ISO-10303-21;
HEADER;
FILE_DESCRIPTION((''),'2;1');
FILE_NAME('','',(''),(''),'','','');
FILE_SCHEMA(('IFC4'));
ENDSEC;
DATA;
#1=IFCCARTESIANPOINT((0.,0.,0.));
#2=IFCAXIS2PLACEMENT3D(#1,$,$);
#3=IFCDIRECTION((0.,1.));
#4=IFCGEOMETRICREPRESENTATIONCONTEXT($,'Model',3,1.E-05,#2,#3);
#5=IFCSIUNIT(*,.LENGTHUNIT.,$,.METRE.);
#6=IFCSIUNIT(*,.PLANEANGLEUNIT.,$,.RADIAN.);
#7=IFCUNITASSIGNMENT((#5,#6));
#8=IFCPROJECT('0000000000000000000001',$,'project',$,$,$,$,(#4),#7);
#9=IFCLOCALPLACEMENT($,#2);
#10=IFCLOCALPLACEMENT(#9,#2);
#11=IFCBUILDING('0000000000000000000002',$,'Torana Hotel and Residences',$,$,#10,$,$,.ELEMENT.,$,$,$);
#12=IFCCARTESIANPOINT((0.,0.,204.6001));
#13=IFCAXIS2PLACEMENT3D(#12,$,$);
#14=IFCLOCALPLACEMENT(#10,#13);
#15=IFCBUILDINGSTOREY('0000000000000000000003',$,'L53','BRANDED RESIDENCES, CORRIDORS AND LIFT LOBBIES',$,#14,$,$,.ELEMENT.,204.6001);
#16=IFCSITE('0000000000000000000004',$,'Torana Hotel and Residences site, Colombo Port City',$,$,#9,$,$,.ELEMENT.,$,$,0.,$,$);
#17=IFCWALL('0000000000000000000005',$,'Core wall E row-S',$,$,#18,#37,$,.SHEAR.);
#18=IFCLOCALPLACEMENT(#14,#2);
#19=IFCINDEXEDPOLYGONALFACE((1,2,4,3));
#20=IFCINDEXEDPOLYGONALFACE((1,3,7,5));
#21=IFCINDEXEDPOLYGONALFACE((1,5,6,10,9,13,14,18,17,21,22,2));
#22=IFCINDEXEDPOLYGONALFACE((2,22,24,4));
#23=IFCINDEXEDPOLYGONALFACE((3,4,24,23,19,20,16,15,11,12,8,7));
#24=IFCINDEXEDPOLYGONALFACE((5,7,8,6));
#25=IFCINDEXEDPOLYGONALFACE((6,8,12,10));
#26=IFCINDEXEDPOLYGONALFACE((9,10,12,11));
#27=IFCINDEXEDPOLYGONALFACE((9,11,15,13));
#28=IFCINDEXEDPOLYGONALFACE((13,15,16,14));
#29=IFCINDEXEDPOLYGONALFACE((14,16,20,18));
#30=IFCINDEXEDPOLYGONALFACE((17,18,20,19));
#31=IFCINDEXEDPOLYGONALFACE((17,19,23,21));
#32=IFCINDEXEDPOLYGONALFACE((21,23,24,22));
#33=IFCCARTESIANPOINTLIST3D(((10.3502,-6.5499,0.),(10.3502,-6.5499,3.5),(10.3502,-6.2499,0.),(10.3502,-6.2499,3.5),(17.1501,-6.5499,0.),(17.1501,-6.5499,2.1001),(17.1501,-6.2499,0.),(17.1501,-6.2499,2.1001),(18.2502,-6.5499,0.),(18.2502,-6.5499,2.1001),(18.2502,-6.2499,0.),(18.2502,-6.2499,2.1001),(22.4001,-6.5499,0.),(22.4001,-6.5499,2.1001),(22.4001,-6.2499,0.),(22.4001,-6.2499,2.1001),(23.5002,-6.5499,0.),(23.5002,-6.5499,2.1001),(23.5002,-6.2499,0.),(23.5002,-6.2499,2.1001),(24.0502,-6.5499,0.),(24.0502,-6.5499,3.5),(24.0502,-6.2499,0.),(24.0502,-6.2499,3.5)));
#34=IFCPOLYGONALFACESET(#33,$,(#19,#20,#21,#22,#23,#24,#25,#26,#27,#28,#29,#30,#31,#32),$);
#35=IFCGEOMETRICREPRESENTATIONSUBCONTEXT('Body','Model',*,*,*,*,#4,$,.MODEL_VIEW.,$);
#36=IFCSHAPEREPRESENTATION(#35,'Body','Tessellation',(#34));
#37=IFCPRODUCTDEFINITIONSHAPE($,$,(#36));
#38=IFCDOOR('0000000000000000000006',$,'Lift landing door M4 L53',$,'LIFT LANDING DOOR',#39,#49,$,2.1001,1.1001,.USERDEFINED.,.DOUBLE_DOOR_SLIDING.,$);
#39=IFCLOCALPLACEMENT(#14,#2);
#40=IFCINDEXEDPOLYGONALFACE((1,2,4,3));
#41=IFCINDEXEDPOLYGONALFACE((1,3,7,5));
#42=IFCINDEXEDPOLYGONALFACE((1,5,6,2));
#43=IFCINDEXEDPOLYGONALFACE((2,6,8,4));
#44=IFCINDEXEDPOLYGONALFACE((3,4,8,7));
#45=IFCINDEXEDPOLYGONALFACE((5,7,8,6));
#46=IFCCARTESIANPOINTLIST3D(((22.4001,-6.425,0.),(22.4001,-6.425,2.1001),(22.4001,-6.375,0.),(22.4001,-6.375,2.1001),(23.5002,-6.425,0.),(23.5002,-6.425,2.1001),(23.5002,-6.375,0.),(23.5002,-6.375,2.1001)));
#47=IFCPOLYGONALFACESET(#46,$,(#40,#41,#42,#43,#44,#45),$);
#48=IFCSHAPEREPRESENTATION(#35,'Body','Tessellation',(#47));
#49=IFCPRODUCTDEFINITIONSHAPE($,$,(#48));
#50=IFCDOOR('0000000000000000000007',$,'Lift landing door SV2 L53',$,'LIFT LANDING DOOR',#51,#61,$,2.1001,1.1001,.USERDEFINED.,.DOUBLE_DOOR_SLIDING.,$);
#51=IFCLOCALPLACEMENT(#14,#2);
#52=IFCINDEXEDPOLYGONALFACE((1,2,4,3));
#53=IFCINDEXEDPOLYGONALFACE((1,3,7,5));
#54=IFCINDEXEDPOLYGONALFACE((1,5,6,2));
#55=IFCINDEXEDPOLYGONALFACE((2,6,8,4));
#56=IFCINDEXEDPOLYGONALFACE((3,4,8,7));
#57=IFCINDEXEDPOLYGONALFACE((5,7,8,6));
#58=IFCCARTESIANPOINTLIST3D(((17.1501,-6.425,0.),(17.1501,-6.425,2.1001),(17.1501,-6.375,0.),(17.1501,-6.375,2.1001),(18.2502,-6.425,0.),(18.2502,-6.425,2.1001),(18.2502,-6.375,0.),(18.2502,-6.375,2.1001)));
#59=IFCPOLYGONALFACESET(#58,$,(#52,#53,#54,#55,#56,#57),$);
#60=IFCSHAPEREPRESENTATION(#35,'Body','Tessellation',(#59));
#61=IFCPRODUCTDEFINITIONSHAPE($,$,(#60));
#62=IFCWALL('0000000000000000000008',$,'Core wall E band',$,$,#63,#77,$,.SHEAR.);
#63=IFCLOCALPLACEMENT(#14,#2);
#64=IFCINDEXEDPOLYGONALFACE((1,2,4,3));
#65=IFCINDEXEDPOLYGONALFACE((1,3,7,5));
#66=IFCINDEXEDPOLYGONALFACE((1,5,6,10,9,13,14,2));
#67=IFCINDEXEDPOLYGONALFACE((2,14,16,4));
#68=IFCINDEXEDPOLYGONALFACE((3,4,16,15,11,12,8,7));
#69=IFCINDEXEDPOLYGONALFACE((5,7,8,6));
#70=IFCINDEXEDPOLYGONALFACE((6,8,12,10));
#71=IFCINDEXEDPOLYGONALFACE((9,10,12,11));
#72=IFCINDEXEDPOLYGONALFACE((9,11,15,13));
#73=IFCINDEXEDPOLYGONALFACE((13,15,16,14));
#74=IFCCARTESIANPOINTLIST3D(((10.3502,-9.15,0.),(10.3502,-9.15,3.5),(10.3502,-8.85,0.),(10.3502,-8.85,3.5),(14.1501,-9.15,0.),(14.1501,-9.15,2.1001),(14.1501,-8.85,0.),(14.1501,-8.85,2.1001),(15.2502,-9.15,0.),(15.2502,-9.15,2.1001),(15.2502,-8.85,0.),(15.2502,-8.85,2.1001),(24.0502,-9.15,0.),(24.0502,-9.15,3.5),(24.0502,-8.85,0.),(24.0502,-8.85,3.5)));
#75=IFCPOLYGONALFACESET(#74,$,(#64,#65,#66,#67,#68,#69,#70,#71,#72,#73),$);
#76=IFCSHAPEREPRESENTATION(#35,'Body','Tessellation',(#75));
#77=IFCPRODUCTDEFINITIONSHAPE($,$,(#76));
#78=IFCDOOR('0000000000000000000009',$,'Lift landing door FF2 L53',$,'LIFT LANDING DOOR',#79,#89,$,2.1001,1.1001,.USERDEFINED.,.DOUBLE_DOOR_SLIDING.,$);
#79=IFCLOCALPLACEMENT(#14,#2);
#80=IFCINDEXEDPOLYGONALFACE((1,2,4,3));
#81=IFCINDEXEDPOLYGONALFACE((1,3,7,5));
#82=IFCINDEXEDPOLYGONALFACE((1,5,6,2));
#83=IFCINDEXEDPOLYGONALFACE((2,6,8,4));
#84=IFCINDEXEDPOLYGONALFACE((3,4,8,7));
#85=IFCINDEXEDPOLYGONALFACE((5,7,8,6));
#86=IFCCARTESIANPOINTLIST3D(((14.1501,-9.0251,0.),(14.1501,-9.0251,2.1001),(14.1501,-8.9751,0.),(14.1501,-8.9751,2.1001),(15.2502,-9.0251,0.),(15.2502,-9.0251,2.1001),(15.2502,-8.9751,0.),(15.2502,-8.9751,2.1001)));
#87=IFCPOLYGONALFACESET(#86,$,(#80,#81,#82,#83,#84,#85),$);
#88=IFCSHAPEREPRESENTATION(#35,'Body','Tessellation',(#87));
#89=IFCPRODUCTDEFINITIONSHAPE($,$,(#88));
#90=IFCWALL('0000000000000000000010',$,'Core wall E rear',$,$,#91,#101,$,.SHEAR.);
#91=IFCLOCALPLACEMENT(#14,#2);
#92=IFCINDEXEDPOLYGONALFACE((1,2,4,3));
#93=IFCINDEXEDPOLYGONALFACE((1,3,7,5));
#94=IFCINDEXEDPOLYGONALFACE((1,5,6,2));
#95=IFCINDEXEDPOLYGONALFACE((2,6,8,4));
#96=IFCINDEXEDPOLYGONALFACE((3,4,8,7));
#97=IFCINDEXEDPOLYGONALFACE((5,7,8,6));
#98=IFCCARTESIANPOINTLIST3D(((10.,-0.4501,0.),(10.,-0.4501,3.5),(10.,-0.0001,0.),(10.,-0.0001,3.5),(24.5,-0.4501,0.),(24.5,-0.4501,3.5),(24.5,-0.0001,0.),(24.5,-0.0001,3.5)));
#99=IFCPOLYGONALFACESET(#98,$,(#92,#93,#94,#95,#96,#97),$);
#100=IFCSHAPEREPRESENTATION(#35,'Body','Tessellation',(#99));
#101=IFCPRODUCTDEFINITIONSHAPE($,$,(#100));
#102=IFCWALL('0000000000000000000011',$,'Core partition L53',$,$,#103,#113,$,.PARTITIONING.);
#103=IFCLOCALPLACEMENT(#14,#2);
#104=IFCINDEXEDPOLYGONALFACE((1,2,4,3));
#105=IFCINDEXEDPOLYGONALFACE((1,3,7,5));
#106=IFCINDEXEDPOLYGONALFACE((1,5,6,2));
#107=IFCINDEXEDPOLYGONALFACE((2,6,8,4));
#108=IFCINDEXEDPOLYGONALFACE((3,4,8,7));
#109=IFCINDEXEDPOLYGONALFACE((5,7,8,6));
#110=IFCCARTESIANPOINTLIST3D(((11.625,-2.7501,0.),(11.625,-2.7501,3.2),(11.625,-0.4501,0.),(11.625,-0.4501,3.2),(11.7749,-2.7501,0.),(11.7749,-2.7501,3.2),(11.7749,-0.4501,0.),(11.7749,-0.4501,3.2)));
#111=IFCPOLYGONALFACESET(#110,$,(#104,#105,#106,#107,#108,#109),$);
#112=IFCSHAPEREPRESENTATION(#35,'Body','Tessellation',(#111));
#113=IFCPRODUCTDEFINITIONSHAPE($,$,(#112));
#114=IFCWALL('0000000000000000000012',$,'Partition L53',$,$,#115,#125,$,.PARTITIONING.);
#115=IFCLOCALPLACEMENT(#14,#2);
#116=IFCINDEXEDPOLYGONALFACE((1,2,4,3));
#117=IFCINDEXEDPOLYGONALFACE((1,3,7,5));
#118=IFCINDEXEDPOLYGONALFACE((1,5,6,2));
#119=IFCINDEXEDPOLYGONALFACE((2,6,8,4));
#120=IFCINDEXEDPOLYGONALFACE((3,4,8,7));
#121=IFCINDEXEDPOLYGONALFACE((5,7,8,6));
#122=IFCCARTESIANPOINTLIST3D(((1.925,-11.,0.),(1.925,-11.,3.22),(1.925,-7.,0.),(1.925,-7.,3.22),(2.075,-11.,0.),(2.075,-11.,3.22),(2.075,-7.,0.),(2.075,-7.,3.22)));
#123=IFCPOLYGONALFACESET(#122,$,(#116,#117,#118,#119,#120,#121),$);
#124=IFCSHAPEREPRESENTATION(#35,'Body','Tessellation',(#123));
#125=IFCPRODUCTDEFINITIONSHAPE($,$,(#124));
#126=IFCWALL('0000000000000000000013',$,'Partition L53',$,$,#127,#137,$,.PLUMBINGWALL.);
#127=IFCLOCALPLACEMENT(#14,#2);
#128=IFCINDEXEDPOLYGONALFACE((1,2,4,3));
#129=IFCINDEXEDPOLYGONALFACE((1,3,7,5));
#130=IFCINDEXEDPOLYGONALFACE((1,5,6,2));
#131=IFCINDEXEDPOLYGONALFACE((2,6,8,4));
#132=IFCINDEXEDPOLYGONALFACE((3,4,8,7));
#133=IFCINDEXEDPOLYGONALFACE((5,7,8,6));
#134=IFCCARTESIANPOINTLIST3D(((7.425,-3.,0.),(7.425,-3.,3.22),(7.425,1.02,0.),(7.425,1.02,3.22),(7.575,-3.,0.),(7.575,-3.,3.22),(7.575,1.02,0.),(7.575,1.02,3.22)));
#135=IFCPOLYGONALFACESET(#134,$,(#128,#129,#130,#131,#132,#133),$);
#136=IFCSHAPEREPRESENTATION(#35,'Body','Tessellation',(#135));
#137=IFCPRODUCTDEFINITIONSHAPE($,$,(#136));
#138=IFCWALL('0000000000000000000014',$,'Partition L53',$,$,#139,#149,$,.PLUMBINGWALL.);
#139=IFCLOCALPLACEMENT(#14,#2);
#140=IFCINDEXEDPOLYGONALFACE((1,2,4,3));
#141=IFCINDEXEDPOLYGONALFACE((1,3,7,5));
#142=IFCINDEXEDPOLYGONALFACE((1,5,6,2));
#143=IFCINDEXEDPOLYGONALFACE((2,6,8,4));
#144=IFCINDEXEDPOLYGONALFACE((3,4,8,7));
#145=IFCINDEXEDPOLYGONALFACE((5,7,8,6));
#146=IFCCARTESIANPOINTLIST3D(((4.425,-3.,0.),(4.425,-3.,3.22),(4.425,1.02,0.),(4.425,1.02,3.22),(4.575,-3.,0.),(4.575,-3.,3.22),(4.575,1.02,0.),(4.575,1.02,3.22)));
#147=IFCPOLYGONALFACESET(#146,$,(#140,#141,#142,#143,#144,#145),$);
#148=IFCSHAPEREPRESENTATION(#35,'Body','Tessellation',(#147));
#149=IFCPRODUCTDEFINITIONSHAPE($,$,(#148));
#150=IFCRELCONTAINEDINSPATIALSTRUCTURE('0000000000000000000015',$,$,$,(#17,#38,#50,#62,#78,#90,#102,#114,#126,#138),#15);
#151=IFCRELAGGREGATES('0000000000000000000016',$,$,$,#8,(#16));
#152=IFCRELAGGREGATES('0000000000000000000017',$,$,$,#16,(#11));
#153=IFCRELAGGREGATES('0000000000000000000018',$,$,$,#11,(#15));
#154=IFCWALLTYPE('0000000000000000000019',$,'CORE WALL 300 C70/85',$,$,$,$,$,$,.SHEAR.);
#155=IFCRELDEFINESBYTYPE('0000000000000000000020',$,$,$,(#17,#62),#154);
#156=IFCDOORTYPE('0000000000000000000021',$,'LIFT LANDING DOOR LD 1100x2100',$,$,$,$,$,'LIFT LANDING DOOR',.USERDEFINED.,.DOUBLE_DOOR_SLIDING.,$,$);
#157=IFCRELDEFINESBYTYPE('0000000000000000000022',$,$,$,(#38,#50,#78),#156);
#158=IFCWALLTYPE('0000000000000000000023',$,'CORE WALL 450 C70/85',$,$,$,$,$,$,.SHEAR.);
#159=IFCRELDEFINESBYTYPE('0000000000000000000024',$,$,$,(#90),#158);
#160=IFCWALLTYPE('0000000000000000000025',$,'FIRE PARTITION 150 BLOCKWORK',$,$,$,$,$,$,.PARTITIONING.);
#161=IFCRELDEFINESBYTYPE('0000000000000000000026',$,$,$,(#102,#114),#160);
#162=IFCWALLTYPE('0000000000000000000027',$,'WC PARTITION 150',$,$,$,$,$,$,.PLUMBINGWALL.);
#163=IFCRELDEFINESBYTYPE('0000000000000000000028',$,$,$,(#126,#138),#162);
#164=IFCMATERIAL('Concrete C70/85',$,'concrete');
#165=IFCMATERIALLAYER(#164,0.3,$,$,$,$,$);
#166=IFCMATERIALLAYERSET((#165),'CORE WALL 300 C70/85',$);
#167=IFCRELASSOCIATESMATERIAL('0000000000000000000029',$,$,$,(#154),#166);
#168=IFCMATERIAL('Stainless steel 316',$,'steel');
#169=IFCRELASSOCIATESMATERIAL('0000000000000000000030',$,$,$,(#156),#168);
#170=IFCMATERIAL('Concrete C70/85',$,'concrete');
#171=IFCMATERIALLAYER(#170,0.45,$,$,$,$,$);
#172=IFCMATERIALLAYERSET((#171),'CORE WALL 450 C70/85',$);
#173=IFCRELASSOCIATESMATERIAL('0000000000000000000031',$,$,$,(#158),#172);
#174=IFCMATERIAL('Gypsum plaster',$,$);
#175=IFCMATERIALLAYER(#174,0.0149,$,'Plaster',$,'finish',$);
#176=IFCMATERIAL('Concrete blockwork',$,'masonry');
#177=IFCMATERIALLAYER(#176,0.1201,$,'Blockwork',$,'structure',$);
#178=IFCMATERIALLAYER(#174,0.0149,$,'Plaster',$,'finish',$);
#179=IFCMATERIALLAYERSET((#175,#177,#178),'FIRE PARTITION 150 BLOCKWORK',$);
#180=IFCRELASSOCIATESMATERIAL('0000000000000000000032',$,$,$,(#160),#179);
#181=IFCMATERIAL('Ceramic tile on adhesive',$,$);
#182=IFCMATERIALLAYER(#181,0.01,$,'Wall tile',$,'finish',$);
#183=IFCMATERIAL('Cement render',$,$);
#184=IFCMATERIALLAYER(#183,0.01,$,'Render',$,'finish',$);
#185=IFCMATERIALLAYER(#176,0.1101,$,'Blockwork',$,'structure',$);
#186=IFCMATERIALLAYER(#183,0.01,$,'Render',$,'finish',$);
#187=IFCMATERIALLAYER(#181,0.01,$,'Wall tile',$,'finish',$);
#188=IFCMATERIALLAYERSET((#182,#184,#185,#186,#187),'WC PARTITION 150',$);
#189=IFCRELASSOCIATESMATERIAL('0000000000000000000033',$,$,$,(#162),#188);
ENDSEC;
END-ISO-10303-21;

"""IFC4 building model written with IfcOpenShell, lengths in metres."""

from ifc_helpers import new_model, si_unit, direction, frame, frame_2d, origin, place, context, subcontext, project, spatial, rectangle, extrude, material, layer, layer_set, type_object, element, fill, save


model = new_model("IFC4")

# Units and contexts
model_context = context("Model", 3, precision=1e-05, world=origin(), true_north=direction((0.0, 1.0)))
body_context = subcontext(model_context, "Body", "Model", "MODEL_VIEW")
ifc_project = project(units=[si_unit("LENGTHUNIT", "METRE"), si_unit("PLANEANGLEUNIT", "RADIAN")], contexts=[model_context])

# Site, building, storey
site_placement = place(None, origin())
site = spatial("IfcSite", under=ifc_project, at=site_placement, Name="Torana Hotel and Residences site, Colombo Port City", CompositionType="ELEMENT", RefElevation=0.0)
building_placement = place(site_placement, origin())
building = spatial("IfcBuilding", under=site, at=building_placement, Name="Torana Hotel and Residences", CompositionType="ELEMENT")
storey_placement = place(building_placement, frame((0.0, 0.0, 204.6001)))
storey = spatial("IfcBuildingStorey", under=building, at=storey_placement, Name="L53", Description="BRANDED RESIDENCES, CORRIDORS AND LIFT LOBBIES", CompositionType="ELEMENT", Elevation=204.6001)

# Wall, openings, doors
ifc_material_1 = material(Name="Concrete C70/85", Category="concrete")
ifc_layer_1 = layer(ifc_material_1, 0.3)
ifc_layer_set_1 = layer_set([ifc_layer_1], Name="CORE WALL 300 C70/85")
wall_type_1 = type_object("IfcWallType", Name="CORE WALL 300 C70/85", PredefinedType="SHEAR", material=ifc_layer_set_1)
ifc_material_2 = material(Name="Stainless steel 316", Category="steel")
door_type_1 = type_object("IfcDoorType", Name="LIFT LANDING DOOR LD 1100x2100", ElementType="LIFT LANDING DOOR", OperationType="DOUBLE_DOOR_SLIDING", PredefinedType="USERDEFINED", material=ifc_material_2)
wall_1_placement = place(storey_placement, frame((10.3501, -6.3999, 0.0), z_axis=(0.0, 0.0, 1.0), x_axis=(1.0, 0.0, 0.0)))
wall_1 = element("IfcWall", 1, at=wall_1_placement, inside=storey, type_object=wall_type_1, Name="Core wall E row-S", PredefinedType="SHEAR", context=body_context, shape_type="SweptSolid", body=[
    extrude(rectangle(XDim=13.7, YDim=0.3, at=frame_2d((6.8501, 0.0))), origin(), (0.0, 0.0, 1.0), 3.5),
])
opening_1_placement = place(wall_1_placement, frame((12.05, 0.0, 0.0)))
opening_1 = element("IfcOpeningElement", 2, at=opening_1_placement, cuts=wall_1, PredefinedType="OPENING", context=body_context, shape_type="SweptSolid", body=[
    extrude(rectangle(XDim=1.1001, YDim=2.1001, at=frame_2d((0.55, 1.05))), frame((0.0, 0.1599, 0.0), z_axis=(0.0, -1.0, 0.0), x_axis=(1.0, 0.0, 0.0)), (0.0, 0.0, 1.0), 0.3201),
])
opening_2_placement = place(wall_1_placement, frame((6.8, 0.0, 0.0)))
opening_2 = element("IfcOpeningElement", 3, at=opening_2_placement, cuts=wall_1, PredefinedType="OPENING", context=body_context, shape_type="SweptSolid", body=[
    extrude(rectangle(XDim=1.1001, YDim=2.1001, at=frame_2d((0.55, 1.05))), frame((0.0, 0.1599, 0.0), z_axis=(0.0, -1.0, 0.0), x_axis=(1.0, 0.0, 0.0)), (0.0, 0.0, 1.0), 0.3201),
])
door_1_placement = place(opening_1_placement, origin())
door_1 = element("IfcDoor", 4, at=door_1_placement, inside=storey, type_object=door_type_1, Name="Lift landing door M4 L53", ObjectType="LIFT LANDING DOOR", OperationType="DOUBLE_DOOR_SLIDING", OverallHeight=2.1001, OverallWidth=1.1001, PredefinedType="USERDEFINED", context=body_context, shape_type="SweptSolid", body=[
    extrude(rectangle(XDim=1.1001, YDim=2.1001, at=frame_2d((0.55, 1.05))), frame((0.0, 0.0249, 0.0), z_axis=(0.0, -1.0, 0.0), x_axis=(1.0, 0.0, 0.0)), (0.0, 0.0, 1.0), 0.05),
])
fill(opening_1, door_1)
door_2_placement = place(opening_2_placement, origin())
door_2 = element("IfcDoor", 5, at=door_2_placement, inside=storey, type_object=door_type_1, Name="Lift landing door SV2 L53", ObjectType="LIFT LANDING DOOR", OperationType="DOUBLE_DOOR_SLIDING", OverallHeight=2.1001, OverallWidth=1.1001, PredefinedType="USERDEFINED", context=body_context, shape_type="SweptSolid", body=[
    extrude(rectangle(XDim=1.1001, YDim=2.1001, at=frame_2d((0.55, 1.05))), frame((0.0, 0.0249, 0.0), z_axis=(0.0, -1.0, 0.0), x_axis=(1.0, 0.0, 0.0)), (0.0, 0.0, 1.0), 0.05),
])
fill(opening_2, door_2)

# Wall, opening, door
wall_2_placement = place(storey_placement, frame((10.3501, -9.0, 0.0), z_axis=(0.0, 0.0, 1.0), x_axis=(1.0, 0.0, 0.0)))
wall_2 = element("IfcWall", 6, at=wall_2_placement, inside=storey, type_object=wall_type_1, Name="Core wall E band", PredefinedType="SHEAR", context=body_context, shape_type="SweptSolid", body=[
    extrude(rectangle(XDim=13.7, YDim=0.3, at=frame_2d((6.8501, 0.0))), origin(), (0.0, 0.0, 1.0), 3.5),
])
opening_3_placement = place(wall_2_placement, frame((3.8, 0.0, 0.0)))
opening_3 = element("IfcOpeningElement", 7, at=opening_3_placement, cuts=wall_2, PredefinedType="OPENING", context=body_context, shape_type="SweptSolid", body=[
    extrude(rectangle(XDim=1.1001, YDim=2.1001, at=frame_2d((0.55, 1.05))), frame((0.0, 0.1599, 0.0), z_axis=(0.0, -1.0, 0.0), x_axis=(1.0, 0.0, 0.0)), (0.0, 0.0, 1.0), 0.3201),
])
door_3_placement = place(opening_3_placement, origin())
door_3 = element("IfcDoor", 8, at=door_3_placement, inside=storey, type_object=door_type_1, Name="Lift landing door FF2 L53", ObjectType="LIFT LANDING DOOR", OperationType="DOUBLE_DOOR_SLIDING", OverallHeight=2.1001, OverallWidth=1.1001, PredefinedType="USERDEFINED", context=body_context, shape_type="SweptSolid", body=[
    extrude(rectangle(XDim=1.1001, YDim=2.1001, at=frame_2d((0.55, 1.05))), frame((0.0, 0.0249, 0.0), z_axis=(0.0, -1.0, 0.0), x_axis=(1.0, 0.0, 0.0)), (0.0, 0.0, 1.0), 0.05),
])
fill(opening_3, door_3)

# Walls
ifc_material_3 = material(Name="Concrete C70/85", Category="concrete")
ifc_layer_2 = layer(ifc_material_3, 0.45)
ifc_layer_set_2 = layer_set([ifc_layer_2], Name="CORE WALL 450 C70/85")
wall_type_2 = type_object("IfcWallType", Name="CORE WALL 450 C70/85", PredefinedType="SHEAR", material=ifc_layer_set_2)
wall_3_placement = place(storey_placement, frame((10.0, -0.2251, 0.0), z_axis=(0.0, 0.0, 1.0), x_axis=(1.0, 0.0, 0.0)))
element("IfcWall", 9, at=wall_3_placement, inside=storey, type_object=wall_type_2, Name="Core wall E rear", PredefinedType="SHEAR", context=body_context, shape_type="SweptSolid", body=[
    extrude(rectangle(XDim=14.5, YDim=0.45, at=frame_2d((7.25, 0.0))), origin(), (0.0, 0.0, 1.0), 3.5),
])
ifc_material_4 = material(Name="Gypsum plaster")
ifc_layer_3 = layer(ifc_material_4, 0.0149, Name="Plaster", Category="finish")
ifc_material_5 = material(Name="Concrete blockwork", Category="masonry")
ifc_layer_4 = layer(ifc_material_5, 0.1201, Name="Blockwork", Category="structure")
ifc_layer_5 = layer(ifc_material_4, 0.0149, Name="Plaster", Category="finish")
ifc_layer_set_3 = layer_set([ifc_layer_3, ifc_layer_4, ifc_layer_5], Name="FIRE PARTITION 150 BLOCKWORK")
wall_type_3 = type_object("IfcWallType", Name="FIRE PARTITION 150 BLOCKWORK", PredefinedType="PARTITIONING", material=ifc_layer_set_3)
wall_4_placement = place(storey_placement, frame((11.7, -2.75, 0.0), z_axis=(0.0, 0.0, 1.0), x_axis=(0.0, 1.0, 0.0)))
element("IfcWall", 10, at=wall_4_placement, inside=storey, type_object=wall_type_3, Name="Core partition L53", PredefinedType="PARTITIONING", context=body_context, shape_type="SweptSolid", body=[
    extrude(rectangle(XDim=2.3, YDim=0.1499, at=frame_2d((1.1499, 0.0))), origin(), (0.0, 0.0, 1.0), 3.2),
])
wall_5_placement = place(storey_placement, frame((2.0, -11.0, 0.0), z_axis=(0.0, 0.0, 1.0), x_axis=(0.0, 1.0, 0.0)))
element("IfcWall", 11, at=wall_5_placement, inside=storey, type_object=wall_type_3, Name="Partition L53", PredefinedType="PARTITIONING", context=body_context, shape_type="SweptSolid", body=[
    extrude(rectangle(XDim=4.0, YDim=0.1499, at=frame_2d((2.0, 0.0))), origin(), (0.0, 0.0, 1.0), 3.22),
])
ifc_material_6 = material(Name="Ceramic tile on adhesive")
ifc_layer_6 = layer(ifc_material_6, 0.01, Name="Wall tile", Category="finish")
ifc_material_7 = material(Name="Cement render")
ifc_layer_7 = layer(ifc_material_7, 0.01, Name="Render", Category="finish")
ifc_layer_8 = layer(ifc_material_5, 0.1101, Name="Blockwork", Category="structure")
ifc_layer_9 = layer(ifc_material_7, 0.01, Name="Render", Category="finish")
ifc_layer_10 = layer(ifc_material_6, 0.01, Name="Wall tile", Category="finish")
ifc_layer_set_4 = layer_set([ifc_layer_6, ifc_layer_7, ifc_layer_8, ifc_layer_9, ifc_layer_10], Name="WC PARTITION 150")
wall_type_4 = type_object("IfcWallType", Name="WC PARTITION 150", PredefinedType="PLUMBINGWALL", material=ifc_layer_set_4)
for number, where, z_axis, x_axis, name in (
    (12, (7.5, -3.0, 0.0), (0.0, 0.0, 1.0), (0.0, 1.0, 0.0), "Partition L53"),
    (13, (4.5, -3.0, 0.0), (0.0, 0.0, 1.0), (0.0, 1.0, 0.0), "Partition L53"),
):
    element("IfcWall", number, at=place(storey_placement, frame(where, z_axis=z_axis, x_axis=x_axis)), inside=storey, type_object=wall_type_4, Name=name, PredefinedType="PLUMBINGWALL", context=body_context, shape_type="SweptSolid", body=[
        extrude(rectangle(XDim=4.02, YDim=0.1499, at=frame_2d((2.01, 0.0))), origin(), (0.0, 0.0, 1.0), 3.22),
    ])

save(model, "model.ifc")
